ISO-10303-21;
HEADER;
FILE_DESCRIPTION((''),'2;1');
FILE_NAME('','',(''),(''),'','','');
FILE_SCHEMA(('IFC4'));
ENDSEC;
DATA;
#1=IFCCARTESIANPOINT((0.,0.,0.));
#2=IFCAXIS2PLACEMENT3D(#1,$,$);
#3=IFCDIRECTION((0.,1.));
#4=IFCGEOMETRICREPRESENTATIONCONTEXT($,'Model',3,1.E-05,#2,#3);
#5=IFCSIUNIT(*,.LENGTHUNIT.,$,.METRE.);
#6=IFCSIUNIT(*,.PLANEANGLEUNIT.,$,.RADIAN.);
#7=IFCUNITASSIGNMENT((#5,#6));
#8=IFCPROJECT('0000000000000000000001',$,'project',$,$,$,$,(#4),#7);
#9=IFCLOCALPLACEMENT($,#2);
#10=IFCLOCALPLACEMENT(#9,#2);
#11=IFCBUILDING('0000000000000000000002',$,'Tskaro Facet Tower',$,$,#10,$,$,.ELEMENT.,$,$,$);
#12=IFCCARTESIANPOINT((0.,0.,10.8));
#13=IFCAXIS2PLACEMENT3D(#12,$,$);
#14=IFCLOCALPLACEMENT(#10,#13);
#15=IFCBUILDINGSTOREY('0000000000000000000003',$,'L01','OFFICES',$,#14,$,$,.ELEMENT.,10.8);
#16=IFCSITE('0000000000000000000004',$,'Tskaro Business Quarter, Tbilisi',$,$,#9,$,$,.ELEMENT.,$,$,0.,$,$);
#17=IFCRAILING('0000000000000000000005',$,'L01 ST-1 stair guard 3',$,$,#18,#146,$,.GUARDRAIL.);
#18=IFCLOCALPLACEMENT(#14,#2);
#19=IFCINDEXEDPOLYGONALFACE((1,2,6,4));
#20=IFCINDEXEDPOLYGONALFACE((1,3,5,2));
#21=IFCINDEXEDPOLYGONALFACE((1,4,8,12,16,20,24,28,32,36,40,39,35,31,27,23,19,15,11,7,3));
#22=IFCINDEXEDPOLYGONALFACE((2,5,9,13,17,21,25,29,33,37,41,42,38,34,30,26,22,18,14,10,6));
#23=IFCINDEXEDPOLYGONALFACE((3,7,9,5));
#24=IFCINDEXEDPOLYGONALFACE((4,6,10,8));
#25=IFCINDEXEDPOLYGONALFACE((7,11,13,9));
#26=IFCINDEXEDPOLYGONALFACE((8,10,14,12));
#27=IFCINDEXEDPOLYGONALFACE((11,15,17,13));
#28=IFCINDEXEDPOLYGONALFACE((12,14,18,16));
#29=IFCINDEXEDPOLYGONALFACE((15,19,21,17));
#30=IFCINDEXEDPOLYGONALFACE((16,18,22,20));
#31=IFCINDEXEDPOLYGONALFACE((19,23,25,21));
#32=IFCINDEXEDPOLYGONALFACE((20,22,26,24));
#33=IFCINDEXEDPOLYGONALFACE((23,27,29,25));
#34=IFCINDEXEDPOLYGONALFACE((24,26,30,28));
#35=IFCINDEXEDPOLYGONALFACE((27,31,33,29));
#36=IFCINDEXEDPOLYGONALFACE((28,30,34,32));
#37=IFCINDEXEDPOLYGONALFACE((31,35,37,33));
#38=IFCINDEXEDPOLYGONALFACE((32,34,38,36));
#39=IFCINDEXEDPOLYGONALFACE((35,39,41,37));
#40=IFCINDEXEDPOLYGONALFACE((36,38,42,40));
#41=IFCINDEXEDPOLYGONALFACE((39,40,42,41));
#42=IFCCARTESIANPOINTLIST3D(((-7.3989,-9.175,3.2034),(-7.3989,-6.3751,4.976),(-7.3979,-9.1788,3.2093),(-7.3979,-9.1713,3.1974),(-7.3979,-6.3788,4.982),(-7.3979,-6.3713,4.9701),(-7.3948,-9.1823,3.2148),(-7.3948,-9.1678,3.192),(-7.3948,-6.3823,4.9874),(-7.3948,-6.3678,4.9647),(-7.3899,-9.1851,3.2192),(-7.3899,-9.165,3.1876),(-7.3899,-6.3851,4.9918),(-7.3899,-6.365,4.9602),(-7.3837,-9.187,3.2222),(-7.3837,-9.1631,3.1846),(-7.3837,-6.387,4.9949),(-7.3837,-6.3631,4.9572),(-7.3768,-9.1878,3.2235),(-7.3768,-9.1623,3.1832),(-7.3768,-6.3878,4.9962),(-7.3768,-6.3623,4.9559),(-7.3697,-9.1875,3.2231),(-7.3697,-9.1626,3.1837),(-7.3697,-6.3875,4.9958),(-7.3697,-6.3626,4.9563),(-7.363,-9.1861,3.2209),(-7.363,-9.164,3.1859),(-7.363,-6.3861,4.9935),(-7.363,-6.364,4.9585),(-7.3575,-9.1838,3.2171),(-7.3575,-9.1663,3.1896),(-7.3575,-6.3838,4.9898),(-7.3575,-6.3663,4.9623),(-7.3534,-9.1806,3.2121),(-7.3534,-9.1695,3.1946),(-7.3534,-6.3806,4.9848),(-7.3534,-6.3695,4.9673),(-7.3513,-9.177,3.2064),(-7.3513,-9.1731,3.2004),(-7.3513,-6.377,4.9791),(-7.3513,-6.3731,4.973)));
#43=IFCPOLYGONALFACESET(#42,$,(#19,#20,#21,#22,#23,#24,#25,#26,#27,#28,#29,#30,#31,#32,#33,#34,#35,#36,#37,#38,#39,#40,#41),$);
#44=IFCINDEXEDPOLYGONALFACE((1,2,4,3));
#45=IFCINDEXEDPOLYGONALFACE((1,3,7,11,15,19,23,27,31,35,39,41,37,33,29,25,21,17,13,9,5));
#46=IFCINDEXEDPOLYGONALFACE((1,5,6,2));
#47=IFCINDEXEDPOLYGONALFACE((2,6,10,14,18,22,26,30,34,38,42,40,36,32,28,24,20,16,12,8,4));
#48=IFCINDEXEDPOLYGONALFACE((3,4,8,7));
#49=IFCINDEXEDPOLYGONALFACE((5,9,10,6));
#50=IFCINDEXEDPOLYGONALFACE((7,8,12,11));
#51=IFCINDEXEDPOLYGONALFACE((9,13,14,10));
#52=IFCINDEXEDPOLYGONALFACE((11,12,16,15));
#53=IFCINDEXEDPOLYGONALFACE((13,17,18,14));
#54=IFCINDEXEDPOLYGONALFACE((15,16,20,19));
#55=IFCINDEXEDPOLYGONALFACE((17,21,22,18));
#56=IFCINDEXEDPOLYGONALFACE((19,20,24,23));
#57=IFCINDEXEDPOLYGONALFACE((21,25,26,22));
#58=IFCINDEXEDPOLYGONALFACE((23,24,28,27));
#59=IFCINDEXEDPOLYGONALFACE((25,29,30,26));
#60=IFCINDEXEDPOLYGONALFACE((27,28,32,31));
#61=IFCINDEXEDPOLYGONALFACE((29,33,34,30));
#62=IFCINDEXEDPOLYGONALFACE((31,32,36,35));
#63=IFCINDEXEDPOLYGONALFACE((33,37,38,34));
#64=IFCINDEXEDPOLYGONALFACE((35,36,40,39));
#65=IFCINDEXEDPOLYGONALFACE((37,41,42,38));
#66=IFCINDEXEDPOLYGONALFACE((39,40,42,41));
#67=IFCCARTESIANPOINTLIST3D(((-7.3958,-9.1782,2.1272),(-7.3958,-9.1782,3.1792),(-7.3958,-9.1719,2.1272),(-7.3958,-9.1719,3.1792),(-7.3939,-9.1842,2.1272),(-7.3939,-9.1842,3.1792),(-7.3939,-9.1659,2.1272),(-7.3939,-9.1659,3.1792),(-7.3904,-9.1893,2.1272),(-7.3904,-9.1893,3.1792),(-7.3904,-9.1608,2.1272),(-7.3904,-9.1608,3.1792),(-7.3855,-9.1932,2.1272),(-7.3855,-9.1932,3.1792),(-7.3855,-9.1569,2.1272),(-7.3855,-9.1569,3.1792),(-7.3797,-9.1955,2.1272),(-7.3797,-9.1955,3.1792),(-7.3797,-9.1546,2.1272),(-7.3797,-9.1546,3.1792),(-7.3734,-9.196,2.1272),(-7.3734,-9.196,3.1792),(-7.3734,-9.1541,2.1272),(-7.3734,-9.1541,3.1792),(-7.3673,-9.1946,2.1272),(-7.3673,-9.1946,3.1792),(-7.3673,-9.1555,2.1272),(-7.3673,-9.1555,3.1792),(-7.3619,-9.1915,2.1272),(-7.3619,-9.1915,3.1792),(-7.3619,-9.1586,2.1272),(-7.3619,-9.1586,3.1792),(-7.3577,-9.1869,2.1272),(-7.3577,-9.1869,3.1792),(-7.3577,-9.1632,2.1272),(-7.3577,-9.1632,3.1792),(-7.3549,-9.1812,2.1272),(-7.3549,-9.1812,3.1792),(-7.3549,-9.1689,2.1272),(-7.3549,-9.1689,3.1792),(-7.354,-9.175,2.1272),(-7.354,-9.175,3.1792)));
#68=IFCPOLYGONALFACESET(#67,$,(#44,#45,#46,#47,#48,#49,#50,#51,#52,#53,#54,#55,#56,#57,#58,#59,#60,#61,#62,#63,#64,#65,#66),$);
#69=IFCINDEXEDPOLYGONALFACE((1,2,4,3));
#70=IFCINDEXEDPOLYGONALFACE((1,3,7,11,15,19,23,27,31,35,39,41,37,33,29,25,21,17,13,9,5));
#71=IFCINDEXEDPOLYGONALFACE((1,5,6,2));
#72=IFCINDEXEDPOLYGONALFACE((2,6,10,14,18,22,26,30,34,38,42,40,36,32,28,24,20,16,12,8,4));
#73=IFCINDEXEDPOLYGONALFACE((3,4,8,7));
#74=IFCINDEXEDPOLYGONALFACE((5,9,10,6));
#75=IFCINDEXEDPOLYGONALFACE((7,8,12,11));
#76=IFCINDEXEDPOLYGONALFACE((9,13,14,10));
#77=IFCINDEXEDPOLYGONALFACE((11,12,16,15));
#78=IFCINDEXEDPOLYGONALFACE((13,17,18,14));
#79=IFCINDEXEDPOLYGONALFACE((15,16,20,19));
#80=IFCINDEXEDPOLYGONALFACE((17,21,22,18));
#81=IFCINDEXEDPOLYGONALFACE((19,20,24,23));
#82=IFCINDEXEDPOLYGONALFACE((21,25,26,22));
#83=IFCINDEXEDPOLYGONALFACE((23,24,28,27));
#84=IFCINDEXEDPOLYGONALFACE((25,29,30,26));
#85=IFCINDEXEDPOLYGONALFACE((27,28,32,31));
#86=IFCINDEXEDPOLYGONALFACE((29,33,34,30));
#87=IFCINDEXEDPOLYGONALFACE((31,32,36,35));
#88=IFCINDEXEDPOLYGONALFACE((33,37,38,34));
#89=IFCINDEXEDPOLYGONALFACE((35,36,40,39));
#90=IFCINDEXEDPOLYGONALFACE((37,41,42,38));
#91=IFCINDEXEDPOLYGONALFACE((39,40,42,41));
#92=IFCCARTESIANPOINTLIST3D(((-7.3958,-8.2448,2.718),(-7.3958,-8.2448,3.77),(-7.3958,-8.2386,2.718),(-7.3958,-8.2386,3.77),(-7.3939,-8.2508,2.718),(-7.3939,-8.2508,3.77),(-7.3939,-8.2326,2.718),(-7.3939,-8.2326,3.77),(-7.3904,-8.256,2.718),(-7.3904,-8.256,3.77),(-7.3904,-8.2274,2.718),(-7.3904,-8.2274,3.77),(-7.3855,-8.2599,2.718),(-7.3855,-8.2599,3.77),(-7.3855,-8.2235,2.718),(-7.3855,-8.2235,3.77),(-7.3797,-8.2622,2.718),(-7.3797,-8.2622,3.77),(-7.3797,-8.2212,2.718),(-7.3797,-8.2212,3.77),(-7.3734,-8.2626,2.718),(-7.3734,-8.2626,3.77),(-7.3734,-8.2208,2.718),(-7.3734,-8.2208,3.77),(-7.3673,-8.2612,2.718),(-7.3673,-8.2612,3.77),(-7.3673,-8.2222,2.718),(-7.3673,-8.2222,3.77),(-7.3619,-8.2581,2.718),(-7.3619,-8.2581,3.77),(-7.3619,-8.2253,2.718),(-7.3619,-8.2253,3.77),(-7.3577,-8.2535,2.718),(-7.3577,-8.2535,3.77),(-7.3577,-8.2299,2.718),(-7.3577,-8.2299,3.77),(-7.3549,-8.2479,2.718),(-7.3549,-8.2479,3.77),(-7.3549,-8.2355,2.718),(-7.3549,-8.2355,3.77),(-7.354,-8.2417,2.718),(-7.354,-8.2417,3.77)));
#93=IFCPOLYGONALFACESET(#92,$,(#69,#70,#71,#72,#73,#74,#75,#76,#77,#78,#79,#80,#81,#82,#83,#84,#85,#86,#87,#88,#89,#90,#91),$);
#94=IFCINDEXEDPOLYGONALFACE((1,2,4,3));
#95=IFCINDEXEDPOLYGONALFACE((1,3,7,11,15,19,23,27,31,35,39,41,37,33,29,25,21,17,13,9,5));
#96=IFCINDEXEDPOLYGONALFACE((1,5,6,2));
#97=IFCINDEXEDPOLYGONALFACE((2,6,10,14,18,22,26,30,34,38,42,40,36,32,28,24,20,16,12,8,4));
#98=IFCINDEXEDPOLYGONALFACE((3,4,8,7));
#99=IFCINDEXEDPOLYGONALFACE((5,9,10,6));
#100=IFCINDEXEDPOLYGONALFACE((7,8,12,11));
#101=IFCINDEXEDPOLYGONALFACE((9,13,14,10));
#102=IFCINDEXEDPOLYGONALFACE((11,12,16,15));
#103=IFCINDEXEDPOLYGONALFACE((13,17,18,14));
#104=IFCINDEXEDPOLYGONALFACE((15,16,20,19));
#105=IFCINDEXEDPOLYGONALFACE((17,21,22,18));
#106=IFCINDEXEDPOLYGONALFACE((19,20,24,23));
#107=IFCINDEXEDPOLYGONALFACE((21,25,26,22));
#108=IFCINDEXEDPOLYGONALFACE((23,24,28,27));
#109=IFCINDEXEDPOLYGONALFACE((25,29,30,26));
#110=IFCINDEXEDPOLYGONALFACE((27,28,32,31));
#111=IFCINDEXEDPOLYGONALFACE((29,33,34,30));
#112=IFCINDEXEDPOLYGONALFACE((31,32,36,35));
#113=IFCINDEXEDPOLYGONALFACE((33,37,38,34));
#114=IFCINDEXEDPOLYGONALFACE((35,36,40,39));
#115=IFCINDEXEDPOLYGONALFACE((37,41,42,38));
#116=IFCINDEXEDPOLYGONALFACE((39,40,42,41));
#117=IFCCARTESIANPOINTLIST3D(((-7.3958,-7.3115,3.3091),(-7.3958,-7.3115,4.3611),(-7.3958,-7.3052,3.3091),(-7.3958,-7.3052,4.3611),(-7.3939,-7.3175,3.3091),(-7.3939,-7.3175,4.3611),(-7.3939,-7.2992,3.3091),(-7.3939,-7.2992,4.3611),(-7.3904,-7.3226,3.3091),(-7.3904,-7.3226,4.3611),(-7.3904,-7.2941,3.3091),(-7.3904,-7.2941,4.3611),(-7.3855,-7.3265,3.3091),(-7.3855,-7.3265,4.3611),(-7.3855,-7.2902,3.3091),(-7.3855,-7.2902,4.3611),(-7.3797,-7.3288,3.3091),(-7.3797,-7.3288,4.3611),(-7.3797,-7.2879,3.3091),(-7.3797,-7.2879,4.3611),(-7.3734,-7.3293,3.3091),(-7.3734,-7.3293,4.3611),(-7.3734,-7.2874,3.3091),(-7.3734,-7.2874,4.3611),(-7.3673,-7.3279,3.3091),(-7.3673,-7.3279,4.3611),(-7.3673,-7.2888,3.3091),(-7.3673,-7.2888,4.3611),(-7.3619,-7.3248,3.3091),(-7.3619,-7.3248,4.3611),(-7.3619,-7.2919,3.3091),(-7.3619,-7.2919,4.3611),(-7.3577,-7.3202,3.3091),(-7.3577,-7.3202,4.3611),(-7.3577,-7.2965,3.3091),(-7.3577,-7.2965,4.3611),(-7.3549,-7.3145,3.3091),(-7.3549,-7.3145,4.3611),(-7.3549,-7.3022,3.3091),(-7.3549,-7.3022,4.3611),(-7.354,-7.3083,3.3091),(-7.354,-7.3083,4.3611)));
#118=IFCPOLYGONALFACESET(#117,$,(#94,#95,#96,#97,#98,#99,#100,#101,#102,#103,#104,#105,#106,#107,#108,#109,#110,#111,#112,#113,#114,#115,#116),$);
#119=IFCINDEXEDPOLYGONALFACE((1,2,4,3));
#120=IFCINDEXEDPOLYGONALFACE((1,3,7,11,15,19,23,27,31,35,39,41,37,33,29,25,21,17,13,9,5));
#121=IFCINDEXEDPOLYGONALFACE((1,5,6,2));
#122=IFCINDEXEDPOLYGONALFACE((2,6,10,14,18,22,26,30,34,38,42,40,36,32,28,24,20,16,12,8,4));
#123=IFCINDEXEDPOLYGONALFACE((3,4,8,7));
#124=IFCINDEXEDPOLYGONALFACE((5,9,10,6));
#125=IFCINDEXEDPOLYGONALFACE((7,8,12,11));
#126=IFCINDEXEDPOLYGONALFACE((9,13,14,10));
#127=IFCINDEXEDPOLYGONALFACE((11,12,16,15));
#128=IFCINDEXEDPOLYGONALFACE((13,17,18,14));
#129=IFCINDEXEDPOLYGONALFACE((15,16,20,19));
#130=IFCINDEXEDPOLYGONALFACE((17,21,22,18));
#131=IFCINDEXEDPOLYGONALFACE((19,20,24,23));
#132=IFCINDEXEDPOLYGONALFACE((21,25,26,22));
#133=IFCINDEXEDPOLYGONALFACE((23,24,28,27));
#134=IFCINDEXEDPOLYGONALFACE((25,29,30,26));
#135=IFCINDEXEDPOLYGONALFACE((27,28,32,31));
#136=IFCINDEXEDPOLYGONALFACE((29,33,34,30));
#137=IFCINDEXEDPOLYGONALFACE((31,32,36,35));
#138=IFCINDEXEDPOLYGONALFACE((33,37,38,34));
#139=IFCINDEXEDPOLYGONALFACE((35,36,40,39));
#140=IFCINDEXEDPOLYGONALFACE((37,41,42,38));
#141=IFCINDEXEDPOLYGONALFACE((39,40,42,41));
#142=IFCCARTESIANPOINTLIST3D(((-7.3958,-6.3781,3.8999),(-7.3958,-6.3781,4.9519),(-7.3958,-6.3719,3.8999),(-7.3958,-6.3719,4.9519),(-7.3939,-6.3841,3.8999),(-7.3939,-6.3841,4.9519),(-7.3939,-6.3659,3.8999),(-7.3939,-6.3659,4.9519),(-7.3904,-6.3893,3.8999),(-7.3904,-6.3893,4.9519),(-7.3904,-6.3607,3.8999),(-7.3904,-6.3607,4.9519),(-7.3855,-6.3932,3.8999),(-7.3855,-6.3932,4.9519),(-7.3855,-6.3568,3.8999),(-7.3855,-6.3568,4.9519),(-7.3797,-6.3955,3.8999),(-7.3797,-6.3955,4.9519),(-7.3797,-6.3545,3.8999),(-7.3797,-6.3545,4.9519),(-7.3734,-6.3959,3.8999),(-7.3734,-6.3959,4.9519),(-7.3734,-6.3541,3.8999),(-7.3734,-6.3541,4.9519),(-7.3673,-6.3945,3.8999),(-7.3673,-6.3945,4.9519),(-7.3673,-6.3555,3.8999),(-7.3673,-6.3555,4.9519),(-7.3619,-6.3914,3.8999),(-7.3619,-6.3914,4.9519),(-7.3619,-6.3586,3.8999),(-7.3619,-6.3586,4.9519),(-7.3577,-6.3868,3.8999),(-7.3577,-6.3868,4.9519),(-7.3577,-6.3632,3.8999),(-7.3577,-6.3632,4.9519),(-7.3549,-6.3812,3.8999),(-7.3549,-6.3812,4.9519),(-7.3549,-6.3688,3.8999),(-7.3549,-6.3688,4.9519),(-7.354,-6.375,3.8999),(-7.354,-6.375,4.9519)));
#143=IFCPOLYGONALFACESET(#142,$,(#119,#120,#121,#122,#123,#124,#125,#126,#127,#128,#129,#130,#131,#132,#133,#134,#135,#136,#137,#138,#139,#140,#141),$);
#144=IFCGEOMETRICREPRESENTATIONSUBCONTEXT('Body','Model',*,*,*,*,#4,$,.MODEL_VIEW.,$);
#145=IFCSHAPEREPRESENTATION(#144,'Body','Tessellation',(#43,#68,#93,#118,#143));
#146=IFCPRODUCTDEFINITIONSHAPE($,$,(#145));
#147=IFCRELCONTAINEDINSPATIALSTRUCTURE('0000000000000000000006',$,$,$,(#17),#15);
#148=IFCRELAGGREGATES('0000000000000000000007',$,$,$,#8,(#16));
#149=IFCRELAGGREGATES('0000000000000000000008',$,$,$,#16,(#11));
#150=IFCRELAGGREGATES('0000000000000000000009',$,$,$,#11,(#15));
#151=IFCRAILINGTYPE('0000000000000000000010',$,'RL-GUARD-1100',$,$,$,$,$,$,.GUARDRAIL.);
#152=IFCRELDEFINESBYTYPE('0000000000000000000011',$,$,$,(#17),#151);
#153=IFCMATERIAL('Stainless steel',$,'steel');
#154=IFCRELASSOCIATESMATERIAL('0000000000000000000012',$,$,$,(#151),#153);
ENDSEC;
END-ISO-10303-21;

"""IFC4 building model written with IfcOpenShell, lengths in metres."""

from ifc_helpers import new_model, si_unit, direction, frame, origin, origin_2d, place, context, subcontext, project, spatial, circle, extrude, material, type_object, element, save


model = new_model("IFC4")

# Units and contexts
model_context = context("Model", 3, precision=1e-05, world=origin(), true_north=direction((0.0, 1.0)))
body_context = subcontext(model_context, "Body", "Model", "MODEL_VIEW")
ifc_project = project(units=[si_unit("LENGTHUNIT", "METRE"), si_unit("PLANEANGLEUNIT", "RADIAN")], contexts=[model_context])

# Site, building, storey
site_placement = place(None, origin())
site = spatial("IfcSite", under=ifc_project, at=site_placement, Name="Tskaro Business Quarter, Tbilisi", CompositionType="ELEMENT", RefElevation=0.0)
building_placement = place(site_placement, origin())
building = spatial("IfcBuilding", under=site, at=building_placement, Name="Tskaro Facet Tower", CompositionType="ELEMENT")
storey_placement = place(building_placement, frame((0.0, 0.0, 10.8)))
storey = spatial("IfcBuildingStorey", under=building, at=storey_placement, Name="L01", Description="OFFICES", CompositionType="ELEMENT", Elevation=10.8)

# Shared definitions
ifc_material_1 = material(Name="Stainless steel", Category="steel")

# Railing
railing_type_1 = type_object("IfcRailingType", Name="RL-GUARD-1100", PredefinedType="GUARDRAIL", material=ifc_material_1)
railing_1_placement = place(storey_placement, frame((-7.375, -9.175, 2.1272)))
element("IfcRailing", 1, at=railing_1_placement, inside=storey, type_object=railing_type_1, Name="L01 ST-1 stair guard 3", PredefinedType="GUARDRAIL", context=body_context, shape_type="SweptSolid", body=[
    extrude(circle(Radius=0.0239, at=origin_2d()), frame((0.0, 0.0, 1.0762), z_axis=(0.0, 0.844909, 0.53491), x_axis=(-1.0, 0.0, 0.0)), (0.0, 0.0, 1.0), 3.314),
    extrude(circle(Radius=0.021, at=origin_2d()), origin(), (0.0, 0.0, 1.0), 1.052),
    extrude(circle(Radius=0.021, at=origin_2d()), frame((0.0, 0.9333, 0.5908)), (0.0, 0.0, 1.0), 1.052),
    extrude(circle(Radius=0.021, at=origin_2d()), frame((0.0, 1.8667, 1.1819)), (0.0, 0.0, 1.0), 1.052),
    extrude(circle(Radius=0.021, at=origin_2d()), frame((0.0, 2.8, 1.7727)), (0.0, 0.0, 1.0), 1.052),
])

save(model, "model.ifc")
